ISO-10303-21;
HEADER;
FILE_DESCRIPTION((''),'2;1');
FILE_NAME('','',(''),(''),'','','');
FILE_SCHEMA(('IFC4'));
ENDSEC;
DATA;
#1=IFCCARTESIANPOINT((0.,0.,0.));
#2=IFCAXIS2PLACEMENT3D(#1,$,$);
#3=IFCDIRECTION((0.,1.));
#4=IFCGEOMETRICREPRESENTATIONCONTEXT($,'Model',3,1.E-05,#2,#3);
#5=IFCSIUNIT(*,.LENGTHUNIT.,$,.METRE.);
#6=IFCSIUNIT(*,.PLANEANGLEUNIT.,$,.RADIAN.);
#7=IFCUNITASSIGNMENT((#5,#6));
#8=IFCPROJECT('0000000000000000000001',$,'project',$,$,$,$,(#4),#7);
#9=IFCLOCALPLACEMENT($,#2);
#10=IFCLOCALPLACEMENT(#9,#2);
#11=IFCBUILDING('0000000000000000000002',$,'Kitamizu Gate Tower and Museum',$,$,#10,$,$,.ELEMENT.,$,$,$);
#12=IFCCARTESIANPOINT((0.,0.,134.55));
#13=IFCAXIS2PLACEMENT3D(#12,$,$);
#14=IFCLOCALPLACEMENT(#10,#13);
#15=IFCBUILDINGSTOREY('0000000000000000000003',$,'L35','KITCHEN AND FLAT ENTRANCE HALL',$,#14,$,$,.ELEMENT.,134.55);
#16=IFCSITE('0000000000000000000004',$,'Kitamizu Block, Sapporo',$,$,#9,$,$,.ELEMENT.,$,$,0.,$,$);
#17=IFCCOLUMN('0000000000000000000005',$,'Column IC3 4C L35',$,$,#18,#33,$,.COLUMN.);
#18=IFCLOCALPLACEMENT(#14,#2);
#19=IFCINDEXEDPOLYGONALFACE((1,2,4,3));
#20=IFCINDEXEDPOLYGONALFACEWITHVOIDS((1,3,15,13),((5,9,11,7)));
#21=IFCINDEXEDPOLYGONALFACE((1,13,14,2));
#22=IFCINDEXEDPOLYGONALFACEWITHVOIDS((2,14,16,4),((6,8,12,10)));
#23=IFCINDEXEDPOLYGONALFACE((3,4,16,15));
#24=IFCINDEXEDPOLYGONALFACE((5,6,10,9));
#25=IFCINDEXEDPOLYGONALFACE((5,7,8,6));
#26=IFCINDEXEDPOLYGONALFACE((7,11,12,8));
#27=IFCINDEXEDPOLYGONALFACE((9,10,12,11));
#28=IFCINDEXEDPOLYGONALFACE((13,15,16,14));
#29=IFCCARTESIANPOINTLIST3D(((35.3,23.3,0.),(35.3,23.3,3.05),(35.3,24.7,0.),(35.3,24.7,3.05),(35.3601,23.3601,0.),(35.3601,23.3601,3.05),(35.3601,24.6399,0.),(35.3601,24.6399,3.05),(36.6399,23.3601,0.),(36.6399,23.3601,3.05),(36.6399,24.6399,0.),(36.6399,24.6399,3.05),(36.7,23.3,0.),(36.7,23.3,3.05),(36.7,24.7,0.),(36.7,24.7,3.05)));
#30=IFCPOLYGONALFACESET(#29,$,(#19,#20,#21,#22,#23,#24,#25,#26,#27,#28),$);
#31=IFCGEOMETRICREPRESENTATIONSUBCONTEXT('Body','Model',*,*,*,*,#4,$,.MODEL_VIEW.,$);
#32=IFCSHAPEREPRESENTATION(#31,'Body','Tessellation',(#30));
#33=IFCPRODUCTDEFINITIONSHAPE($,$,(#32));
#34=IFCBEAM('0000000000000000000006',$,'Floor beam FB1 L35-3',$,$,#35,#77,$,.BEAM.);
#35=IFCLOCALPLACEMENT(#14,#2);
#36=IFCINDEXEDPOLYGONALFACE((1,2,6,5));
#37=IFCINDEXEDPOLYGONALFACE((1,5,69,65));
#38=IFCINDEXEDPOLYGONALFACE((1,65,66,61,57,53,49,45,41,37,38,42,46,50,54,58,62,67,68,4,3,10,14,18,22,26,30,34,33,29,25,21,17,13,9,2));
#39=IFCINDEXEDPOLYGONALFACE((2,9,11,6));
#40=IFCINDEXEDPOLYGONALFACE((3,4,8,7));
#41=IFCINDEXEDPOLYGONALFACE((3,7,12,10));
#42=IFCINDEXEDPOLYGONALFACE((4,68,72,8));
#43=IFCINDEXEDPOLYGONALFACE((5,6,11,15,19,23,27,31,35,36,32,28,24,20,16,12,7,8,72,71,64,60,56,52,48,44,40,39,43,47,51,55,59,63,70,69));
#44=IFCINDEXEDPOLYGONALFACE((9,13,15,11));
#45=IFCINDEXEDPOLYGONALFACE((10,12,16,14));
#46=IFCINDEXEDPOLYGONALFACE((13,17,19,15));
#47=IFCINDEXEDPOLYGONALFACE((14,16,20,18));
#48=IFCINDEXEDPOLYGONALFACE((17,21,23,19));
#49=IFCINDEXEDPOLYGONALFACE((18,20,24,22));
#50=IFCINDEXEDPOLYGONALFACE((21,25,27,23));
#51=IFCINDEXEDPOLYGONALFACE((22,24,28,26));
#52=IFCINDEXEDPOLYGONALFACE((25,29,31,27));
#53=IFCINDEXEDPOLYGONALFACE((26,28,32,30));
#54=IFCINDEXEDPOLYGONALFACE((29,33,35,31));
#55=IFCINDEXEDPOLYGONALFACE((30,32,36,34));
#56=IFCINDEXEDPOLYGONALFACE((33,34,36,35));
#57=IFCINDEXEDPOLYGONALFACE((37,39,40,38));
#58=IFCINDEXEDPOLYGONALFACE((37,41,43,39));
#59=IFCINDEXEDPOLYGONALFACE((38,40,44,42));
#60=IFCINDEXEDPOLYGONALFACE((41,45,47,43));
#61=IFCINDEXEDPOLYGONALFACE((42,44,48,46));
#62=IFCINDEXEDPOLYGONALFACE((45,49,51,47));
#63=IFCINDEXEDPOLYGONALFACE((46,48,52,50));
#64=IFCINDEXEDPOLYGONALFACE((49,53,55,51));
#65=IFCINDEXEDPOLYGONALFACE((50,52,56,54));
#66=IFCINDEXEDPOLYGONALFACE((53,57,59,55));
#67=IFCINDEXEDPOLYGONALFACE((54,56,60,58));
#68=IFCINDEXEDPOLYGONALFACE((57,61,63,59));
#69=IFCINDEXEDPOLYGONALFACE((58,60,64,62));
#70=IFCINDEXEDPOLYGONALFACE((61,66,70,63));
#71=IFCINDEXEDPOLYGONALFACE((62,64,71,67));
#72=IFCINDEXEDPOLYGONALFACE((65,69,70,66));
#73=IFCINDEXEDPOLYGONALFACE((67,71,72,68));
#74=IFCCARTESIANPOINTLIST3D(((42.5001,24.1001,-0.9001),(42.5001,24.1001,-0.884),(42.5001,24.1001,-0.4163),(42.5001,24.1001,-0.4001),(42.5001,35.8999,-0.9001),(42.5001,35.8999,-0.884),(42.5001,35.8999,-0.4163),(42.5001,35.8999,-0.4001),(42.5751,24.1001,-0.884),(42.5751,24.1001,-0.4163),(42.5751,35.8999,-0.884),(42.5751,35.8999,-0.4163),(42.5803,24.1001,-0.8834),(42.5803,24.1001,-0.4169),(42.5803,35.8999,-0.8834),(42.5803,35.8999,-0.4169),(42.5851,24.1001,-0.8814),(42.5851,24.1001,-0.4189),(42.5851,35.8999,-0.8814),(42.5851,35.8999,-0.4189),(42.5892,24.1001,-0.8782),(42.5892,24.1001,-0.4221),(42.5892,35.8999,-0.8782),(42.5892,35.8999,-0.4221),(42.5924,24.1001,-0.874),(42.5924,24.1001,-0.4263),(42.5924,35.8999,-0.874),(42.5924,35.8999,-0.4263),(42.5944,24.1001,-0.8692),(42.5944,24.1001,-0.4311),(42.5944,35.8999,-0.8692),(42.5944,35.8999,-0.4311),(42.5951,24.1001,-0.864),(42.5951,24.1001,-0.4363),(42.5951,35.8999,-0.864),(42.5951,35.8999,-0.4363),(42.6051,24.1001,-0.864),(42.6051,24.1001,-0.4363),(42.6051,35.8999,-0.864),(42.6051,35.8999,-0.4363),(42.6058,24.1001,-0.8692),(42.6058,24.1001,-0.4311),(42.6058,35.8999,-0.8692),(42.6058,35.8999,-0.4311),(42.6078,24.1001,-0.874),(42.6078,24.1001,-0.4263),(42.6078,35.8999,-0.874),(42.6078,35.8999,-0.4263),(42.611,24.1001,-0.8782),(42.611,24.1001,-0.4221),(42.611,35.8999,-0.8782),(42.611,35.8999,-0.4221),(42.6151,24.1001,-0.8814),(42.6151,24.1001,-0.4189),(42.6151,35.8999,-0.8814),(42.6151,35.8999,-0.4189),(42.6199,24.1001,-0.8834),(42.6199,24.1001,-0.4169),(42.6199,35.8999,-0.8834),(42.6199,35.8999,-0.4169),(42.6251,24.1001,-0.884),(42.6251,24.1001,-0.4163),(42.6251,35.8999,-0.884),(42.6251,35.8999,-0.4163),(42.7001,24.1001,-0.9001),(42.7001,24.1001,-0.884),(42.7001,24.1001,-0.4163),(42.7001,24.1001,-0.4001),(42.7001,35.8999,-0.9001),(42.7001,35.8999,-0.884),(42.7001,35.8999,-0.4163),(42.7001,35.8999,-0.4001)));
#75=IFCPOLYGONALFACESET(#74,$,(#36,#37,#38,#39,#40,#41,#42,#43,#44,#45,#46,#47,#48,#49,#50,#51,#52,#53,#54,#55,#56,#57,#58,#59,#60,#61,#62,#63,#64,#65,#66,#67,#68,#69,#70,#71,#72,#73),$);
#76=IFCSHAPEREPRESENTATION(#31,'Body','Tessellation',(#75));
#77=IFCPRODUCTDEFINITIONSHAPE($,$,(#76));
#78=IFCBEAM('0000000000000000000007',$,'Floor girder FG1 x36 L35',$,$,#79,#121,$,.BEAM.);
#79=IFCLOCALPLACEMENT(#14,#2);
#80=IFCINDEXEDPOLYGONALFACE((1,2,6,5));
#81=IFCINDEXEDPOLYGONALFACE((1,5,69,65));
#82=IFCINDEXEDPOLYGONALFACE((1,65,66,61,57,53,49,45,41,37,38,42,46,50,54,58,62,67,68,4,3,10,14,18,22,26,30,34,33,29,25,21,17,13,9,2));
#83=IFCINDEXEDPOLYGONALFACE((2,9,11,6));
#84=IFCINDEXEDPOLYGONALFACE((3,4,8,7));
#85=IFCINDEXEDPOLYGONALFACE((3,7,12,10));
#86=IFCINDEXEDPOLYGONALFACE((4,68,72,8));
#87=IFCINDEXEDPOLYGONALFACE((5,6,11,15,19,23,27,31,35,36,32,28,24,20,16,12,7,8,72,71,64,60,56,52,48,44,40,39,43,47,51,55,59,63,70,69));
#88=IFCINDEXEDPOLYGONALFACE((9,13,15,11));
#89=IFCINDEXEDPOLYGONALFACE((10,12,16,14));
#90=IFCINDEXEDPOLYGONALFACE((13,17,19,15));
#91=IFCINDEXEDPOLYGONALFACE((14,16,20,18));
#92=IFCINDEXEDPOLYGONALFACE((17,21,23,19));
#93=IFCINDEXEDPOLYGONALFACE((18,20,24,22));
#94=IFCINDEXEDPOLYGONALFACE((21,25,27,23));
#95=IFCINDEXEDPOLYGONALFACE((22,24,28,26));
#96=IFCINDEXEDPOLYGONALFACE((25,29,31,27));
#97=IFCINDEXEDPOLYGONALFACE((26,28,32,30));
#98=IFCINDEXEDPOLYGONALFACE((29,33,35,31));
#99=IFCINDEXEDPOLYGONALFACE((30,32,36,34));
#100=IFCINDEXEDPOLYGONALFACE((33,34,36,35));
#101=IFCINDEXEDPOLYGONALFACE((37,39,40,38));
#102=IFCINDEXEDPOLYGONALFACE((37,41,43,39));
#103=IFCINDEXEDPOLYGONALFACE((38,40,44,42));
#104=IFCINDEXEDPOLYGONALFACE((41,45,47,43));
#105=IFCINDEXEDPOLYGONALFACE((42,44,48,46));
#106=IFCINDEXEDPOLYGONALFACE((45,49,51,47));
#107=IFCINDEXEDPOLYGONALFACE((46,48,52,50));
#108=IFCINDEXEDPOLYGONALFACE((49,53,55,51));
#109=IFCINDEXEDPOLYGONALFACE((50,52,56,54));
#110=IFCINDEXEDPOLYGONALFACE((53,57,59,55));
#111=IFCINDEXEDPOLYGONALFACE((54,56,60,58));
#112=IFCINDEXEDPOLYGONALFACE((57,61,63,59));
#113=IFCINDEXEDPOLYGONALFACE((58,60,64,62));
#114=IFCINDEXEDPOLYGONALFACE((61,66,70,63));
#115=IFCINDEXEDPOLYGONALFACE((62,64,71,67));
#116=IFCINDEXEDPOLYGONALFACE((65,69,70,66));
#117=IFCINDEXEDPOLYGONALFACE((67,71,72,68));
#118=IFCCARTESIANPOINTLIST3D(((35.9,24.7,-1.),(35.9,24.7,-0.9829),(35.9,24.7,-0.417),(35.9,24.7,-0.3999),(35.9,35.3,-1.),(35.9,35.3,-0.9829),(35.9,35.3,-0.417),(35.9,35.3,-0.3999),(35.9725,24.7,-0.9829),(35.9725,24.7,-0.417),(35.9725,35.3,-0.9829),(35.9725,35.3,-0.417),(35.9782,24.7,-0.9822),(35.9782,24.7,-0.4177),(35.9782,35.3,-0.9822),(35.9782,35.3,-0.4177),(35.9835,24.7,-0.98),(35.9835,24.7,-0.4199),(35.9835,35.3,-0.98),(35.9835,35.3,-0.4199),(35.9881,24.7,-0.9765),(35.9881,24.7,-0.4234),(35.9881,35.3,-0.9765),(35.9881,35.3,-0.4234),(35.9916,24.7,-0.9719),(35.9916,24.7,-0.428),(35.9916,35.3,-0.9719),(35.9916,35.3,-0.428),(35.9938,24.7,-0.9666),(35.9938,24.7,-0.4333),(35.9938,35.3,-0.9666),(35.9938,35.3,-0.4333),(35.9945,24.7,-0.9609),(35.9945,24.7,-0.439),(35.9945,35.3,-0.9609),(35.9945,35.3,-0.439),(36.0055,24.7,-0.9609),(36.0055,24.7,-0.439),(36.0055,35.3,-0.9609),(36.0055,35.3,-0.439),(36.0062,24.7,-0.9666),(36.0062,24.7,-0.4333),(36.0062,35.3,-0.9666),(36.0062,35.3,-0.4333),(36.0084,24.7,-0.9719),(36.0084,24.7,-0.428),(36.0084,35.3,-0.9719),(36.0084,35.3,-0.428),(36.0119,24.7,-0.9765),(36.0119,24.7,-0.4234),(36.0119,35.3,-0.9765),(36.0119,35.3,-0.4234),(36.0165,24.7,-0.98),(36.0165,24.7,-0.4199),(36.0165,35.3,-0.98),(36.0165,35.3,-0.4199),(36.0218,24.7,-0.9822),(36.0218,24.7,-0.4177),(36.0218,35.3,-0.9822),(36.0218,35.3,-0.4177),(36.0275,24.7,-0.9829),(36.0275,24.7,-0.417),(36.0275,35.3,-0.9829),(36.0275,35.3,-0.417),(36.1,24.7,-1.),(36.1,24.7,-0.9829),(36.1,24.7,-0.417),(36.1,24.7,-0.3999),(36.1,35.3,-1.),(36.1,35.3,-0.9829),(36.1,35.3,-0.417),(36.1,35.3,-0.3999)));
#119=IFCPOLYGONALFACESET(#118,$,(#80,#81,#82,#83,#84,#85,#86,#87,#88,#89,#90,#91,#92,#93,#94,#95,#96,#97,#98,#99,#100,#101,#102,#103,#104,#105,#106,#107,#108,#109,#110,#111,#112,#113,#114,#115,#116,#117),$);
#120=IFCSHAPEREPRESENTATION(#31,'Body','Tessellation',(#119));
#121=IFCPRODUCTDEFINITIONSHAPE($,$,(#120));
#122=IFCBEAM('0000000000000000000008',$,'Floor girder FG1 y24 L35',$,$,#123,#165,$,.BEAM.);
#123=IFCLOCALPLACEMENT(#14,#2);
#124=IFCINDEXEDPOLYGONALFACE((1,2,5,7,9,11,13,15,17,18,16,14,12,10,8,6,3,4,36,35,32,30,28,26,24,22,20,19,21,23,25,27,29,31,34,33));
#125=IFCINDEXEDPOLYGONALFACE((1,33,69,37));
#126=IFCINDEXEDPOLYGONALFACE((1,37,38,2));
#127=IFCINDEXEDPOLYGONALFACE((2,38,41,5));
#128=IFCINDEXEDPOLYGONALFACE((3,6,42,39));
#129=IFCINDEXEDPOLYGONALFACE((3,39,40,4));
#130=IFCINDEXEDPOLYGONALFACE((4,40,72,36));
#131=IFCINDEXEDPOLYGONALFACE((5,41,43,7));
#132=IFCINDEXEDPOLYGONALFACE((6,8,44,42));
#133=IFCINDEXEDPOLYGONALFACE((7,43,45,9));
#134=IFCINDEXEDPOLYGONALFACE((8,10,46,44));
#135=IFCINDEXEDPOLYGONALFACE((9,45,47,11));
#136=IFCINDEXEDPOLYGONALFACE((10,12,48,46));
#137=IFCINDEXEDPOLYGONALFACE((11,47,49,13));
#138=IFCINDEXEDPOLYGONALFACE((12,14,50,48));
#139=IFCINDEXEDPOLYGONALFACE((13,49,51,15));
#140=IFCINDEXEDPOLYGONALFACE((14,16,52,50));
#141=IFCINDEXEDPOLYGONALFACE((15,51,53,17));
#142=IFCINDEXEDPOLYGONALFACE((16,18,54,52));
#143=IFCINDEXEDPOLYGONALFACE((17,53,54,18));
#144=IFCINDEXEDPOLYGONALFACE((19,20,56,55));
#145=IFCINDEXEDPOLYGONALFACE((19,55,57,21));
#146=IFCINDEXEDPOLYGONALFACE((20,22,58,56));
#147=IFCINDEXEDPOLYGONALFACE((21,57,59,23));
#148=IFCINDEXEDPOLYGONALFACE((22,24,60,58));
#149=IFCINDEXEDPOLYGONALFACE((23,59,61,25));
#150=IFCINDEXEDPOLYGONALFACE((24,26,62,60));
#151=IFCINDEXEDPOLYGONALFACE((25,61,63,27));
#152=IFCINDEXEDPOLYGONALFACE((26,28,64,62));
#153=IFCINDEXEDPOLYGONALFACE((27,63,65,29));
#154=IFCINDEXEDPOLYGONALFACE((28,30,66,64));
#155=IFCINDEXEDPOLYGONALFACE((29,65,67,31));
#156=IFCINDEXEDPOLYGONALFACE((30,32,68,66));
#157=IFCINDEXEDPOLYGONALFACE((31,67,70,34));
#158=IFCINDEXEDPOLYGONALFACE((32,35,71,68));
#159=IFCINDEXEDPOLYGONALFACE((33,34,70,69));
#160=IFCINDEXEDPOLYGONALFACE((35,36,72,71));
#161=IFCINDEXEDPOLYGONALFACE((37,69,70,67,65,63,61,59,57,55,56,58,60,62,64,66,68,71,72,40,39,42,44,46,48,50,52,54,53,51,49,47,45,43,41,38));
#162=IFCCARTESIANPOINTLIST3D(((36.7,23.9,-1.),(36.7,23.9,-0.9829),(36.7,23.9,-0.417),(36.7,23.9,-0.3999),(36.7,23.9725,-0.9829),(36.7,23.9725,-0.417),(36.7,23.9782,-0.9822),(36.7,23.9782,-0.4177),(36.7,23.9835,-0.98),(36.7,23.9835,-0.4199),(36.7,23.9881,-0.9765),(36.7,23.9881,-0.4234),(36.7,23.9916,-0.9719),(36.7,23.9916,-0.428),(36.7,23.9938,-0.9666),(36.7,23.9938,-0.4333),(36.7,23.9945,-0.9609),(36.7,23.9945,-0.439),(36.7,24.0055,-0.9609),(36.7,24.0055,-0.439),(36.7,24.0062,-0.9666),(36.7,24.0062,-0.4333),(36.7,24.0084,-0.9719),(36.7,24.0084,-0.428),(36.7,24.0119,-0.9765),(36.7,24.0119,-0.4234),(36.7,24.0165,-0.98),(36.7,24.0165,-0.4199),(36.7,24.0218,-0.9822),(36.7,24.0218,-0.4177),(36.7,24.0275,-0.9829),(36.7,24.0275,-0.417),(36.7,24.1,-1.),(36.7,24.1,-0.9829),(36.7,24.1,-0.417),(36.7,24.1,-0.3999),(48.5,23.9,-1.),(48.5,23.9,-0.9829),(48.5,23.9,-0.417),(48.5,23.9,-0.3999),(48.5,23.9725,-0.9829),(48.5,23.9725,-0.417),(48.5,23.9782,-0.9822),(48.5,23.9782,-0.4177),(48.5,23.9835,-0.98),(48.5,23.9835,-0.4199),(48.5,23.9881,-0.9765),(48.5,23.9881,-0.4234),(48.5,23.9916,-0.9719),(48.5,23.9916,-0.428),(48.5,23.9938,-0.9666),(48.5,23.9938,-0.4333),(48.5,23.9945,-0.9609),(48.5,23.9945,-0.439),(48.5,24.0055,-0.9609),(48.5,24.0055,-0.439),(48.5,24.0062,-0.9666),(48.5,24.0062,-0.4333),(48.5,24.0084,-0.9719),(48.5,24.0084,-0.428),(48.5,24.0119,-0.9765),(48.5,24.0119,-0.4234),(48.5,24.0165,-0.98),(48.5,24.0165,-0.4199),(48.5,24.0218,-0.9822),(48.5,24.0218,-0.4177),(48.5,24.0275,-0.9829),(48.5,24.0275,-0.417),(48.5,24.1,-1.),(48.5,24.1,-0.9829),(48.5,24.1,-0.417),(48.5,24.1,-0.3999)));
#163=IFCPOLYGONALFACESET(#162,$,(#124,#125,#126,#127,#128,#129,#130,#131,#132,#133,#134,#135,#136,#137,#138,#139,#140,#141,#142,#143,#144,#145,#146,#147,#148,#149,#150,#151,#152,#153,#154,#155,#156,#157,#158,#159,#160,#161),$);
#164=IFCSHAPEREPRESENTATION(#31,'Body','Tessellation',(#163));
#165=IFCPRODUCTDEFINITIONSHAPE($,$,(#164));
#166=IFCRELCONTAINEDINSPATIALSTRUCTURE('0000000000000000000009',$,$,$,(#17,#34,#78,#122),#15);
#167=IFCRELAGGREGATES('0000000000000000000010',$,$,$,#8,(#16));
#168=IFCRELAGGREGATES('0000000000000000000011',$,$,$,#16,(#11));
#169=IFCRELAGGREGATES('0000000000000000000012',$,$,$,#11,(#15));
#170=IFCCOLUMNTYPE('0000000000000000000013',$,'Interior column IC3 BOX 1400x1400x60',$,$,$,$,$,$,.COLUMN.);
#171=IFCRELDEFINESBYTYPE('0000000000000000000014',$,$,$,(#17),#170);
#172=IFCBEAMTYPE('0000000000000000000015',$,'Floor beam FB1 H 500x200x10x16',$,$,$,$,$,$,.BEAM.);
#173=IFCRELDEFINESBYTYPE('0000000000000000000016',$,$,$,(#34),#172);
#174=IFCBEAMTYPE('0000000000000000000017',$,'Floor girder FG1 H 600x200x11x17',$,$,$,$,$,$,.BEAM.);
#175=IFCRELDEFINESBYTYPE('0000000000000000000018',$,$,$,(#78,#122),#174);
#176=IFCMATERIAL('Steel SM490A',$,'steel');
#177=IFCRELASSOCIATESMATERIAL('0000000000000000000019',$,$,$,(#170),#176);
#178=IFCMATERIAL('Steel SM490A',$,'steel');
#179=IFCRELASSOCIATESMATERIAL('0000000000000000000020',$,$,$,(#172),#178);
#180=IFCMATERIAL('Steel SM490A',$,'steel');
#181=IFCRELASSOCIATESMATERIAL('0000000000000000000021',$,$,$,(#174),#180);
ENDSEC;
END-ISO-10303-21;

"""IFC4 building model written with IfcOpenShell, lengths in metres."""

from ifc_helpers import new_model, si_unit, direction, frame, origin, origin_2d, place, context, subcontext, project, spatial, hollow_rectangle, i_section, extrude, material, material_profile, profile_set, type_object, element, save


model = new_model("IFC4")

# Units and contexts
model_context = context("Model", 3, precision=1e-05, world=origin(), true_north=direction((0.0, 1.0)))
body_context = subcontext(model_context, "Body", "Model", "MODEL_VIEW")
ifc_project = project(units=[si_unit("LENGTHUNIT", "METRE"), si_unit("PLANEANGLEUNIT", "RADIAN")], contexts=[model_context])

# Site, building, storey
site_placement = place(None, origin())
site = spatial("IfcSite", under=ifc_project, at=site_placement, Name="Kitamizu Block, Sapporo", CompositionType="ELEMENT", RefElevation=0.0)
building_placement = place(site_placement, origin())
building = spatial("IfcBuilding", under=site, at=building_placement, Name="Kitamizu Gate Tower and Museum", CompositionType="ELEMENT")
storey_placement = place(building_placement, frame((0.0, 0.0, 134.55)))
storey = spatial("IfcBuildingStorey", under=building, at=storey_placement, Name="L35", Description="KITCHEN AND FLAT ENTRANCE HALL", CompositionType="ELEMENT", Elevation=134.55)

# Column
ifc_material_1 = material(Name="Steel SM490A", Category="steel")
ifc_material_profile_1 = material_profile(ifc_material_1, hollow_rectangle(XDim=1.3999, YDim=1.3999, WallThickness=0.0601, at=origin_2d()), Name="BOX 1400x1400x60")
ifc_profile_set_1 = profile_set([ifc_material_profile_1], Name="Steel SM490A")
column_type = type_object("IfcColumnType", Name="Interior column IC3 BOX 1400x1400x60", PredefinedType="COLUMN", material=ifc_profile_set_1)
column_placement = place(storey_placement, frame((36.0, 24.0, 0.0), z_axis=(0.0, 0.0, 1.0), x_axis=(1.0, 0.0, 0.0)))
element("IfcColumn", 1, at=column_placement, inside=storey, type_object=column_type, Name="Column IC3 4C L35", PredefinedType="COLUMN", context=body_context, shape_type="SweptSolid", body=[
    extrude(hollow_rectangle(XDim=1.3999, YDim=1.3999, WallThickness=0.0601, at=origin_2d()), origin(), (0.0, 0.0, 1.0), 3.05),
])

# Beams
ifc_material_2 = material(Name="Steel SM490A", Category="steel")
ifc_material_profile_2 = material_profile(ifc_material_2, i_section(OverallWidth=0.2, OverallDepth=0.5, WebThickness=0.01, FlangeThickness=0.0161, FilletRadius=0.02, at=origin_2d()), Name="H-500x200x10x16")
ifc_profile_set_2 = profile_set([ifc_material_profile_2], Name="Steel SM490A")
beam_type_1 = type_object("IfcBeamType", Name="Floor beam FB1 H 500x200x10x16", PredefinedType="BEAM", material=ifc_profile_set_2)
beam_1_placement = place(storey_placement, frame((42.6001, 24.1001, -0.6501), z_axis=(0.0, 1.0, 0.0), x_axis=(-1.0, 0.0, 0.0)))
element("IfcBeam", 2, at=beam_1_placement, inside=storey, type_object=beam_type_1, Name="Floor beam FB1 L35-3", PredefinedType="BEAM", context=body_context, shape_type="SweptSolid", body=[
    extrude(i_section(OverallWidth=0.2, OverallDepth=0.5, WebThickness=0.01, FlangeThickness=0.0161, FilletRadius=0.02, at=origin_2d()), origin(), (0.0, 0.0, 1.0), 11.7998),
])
ifc_material_3 = material(Name="Steel SM490A", Category="steel")
ifc_material_profile_3 = material_profile(ifc_material_3, i_section(OverallWidth=0.2, OverallDepth=0.6001, WebThickness=0.011, FlangeThickness=0.0171, FilletRadius=0.022, at=origin_2d()), Name="H-600x200x11x17")
ifc_profile_set_3 = profile_set([ifc_material_profile_3], Name="Steel SM490A")
beam_type_2 = type_object("IfcBeamType", Name="Floor girder FG1 H 600x200x11x17", PredefinedType="BEAM", material=ifc_profile_set_3)
beam_2_placement = place(storey_placement, frame((36.0, 24.7, -0.7), z_axis=(0.0, 1.0, 0.0), x_axis=(-1.0, 0.0, 0.0)))
element("IfcBeam", 3, at=beam_2_placement, inside=storey, type_object=beam_type_2, Name="Floor girder FG1 x36 L35", PredefinedType="BEAM", context=body_context, shape_type="SweptSolid", body=[
    extrude(i_section(OverallWidth=0.2, OverallDepth=0.6001, WebThickness=0.011, FlangeThickness=0.0171, FilletRadius=0.022, at=origin_2d()), origin(), (0.0, 0.0, 1.0), 10.6001),
])
beam_3_placement = place(storey_placement, frame((36.7, 24.0, -0.7), z_axis=(1.0, 0.0, 0.0), x_axis=(0.0, 1.0, 0.0)))
element("IfcBeam", 4, at=beam_3_placement, inside=storey, type_object=beam_type_2, Name="Floor girder FG1 y24 L35", PredefinedType="BEAM", context=body_context, shape_type="SweptSolid", body=[
    extrude(i_section(OverallWidth=0.2, OverallDepth=0.6001, WebThickness=0.011, FlangeThickness=0.0171, FilletRadius=0.022, at=origin_2d()), origin(), (0.0, 0.0, 1.0), 11.8),
])

save(model, "model.ifc")
